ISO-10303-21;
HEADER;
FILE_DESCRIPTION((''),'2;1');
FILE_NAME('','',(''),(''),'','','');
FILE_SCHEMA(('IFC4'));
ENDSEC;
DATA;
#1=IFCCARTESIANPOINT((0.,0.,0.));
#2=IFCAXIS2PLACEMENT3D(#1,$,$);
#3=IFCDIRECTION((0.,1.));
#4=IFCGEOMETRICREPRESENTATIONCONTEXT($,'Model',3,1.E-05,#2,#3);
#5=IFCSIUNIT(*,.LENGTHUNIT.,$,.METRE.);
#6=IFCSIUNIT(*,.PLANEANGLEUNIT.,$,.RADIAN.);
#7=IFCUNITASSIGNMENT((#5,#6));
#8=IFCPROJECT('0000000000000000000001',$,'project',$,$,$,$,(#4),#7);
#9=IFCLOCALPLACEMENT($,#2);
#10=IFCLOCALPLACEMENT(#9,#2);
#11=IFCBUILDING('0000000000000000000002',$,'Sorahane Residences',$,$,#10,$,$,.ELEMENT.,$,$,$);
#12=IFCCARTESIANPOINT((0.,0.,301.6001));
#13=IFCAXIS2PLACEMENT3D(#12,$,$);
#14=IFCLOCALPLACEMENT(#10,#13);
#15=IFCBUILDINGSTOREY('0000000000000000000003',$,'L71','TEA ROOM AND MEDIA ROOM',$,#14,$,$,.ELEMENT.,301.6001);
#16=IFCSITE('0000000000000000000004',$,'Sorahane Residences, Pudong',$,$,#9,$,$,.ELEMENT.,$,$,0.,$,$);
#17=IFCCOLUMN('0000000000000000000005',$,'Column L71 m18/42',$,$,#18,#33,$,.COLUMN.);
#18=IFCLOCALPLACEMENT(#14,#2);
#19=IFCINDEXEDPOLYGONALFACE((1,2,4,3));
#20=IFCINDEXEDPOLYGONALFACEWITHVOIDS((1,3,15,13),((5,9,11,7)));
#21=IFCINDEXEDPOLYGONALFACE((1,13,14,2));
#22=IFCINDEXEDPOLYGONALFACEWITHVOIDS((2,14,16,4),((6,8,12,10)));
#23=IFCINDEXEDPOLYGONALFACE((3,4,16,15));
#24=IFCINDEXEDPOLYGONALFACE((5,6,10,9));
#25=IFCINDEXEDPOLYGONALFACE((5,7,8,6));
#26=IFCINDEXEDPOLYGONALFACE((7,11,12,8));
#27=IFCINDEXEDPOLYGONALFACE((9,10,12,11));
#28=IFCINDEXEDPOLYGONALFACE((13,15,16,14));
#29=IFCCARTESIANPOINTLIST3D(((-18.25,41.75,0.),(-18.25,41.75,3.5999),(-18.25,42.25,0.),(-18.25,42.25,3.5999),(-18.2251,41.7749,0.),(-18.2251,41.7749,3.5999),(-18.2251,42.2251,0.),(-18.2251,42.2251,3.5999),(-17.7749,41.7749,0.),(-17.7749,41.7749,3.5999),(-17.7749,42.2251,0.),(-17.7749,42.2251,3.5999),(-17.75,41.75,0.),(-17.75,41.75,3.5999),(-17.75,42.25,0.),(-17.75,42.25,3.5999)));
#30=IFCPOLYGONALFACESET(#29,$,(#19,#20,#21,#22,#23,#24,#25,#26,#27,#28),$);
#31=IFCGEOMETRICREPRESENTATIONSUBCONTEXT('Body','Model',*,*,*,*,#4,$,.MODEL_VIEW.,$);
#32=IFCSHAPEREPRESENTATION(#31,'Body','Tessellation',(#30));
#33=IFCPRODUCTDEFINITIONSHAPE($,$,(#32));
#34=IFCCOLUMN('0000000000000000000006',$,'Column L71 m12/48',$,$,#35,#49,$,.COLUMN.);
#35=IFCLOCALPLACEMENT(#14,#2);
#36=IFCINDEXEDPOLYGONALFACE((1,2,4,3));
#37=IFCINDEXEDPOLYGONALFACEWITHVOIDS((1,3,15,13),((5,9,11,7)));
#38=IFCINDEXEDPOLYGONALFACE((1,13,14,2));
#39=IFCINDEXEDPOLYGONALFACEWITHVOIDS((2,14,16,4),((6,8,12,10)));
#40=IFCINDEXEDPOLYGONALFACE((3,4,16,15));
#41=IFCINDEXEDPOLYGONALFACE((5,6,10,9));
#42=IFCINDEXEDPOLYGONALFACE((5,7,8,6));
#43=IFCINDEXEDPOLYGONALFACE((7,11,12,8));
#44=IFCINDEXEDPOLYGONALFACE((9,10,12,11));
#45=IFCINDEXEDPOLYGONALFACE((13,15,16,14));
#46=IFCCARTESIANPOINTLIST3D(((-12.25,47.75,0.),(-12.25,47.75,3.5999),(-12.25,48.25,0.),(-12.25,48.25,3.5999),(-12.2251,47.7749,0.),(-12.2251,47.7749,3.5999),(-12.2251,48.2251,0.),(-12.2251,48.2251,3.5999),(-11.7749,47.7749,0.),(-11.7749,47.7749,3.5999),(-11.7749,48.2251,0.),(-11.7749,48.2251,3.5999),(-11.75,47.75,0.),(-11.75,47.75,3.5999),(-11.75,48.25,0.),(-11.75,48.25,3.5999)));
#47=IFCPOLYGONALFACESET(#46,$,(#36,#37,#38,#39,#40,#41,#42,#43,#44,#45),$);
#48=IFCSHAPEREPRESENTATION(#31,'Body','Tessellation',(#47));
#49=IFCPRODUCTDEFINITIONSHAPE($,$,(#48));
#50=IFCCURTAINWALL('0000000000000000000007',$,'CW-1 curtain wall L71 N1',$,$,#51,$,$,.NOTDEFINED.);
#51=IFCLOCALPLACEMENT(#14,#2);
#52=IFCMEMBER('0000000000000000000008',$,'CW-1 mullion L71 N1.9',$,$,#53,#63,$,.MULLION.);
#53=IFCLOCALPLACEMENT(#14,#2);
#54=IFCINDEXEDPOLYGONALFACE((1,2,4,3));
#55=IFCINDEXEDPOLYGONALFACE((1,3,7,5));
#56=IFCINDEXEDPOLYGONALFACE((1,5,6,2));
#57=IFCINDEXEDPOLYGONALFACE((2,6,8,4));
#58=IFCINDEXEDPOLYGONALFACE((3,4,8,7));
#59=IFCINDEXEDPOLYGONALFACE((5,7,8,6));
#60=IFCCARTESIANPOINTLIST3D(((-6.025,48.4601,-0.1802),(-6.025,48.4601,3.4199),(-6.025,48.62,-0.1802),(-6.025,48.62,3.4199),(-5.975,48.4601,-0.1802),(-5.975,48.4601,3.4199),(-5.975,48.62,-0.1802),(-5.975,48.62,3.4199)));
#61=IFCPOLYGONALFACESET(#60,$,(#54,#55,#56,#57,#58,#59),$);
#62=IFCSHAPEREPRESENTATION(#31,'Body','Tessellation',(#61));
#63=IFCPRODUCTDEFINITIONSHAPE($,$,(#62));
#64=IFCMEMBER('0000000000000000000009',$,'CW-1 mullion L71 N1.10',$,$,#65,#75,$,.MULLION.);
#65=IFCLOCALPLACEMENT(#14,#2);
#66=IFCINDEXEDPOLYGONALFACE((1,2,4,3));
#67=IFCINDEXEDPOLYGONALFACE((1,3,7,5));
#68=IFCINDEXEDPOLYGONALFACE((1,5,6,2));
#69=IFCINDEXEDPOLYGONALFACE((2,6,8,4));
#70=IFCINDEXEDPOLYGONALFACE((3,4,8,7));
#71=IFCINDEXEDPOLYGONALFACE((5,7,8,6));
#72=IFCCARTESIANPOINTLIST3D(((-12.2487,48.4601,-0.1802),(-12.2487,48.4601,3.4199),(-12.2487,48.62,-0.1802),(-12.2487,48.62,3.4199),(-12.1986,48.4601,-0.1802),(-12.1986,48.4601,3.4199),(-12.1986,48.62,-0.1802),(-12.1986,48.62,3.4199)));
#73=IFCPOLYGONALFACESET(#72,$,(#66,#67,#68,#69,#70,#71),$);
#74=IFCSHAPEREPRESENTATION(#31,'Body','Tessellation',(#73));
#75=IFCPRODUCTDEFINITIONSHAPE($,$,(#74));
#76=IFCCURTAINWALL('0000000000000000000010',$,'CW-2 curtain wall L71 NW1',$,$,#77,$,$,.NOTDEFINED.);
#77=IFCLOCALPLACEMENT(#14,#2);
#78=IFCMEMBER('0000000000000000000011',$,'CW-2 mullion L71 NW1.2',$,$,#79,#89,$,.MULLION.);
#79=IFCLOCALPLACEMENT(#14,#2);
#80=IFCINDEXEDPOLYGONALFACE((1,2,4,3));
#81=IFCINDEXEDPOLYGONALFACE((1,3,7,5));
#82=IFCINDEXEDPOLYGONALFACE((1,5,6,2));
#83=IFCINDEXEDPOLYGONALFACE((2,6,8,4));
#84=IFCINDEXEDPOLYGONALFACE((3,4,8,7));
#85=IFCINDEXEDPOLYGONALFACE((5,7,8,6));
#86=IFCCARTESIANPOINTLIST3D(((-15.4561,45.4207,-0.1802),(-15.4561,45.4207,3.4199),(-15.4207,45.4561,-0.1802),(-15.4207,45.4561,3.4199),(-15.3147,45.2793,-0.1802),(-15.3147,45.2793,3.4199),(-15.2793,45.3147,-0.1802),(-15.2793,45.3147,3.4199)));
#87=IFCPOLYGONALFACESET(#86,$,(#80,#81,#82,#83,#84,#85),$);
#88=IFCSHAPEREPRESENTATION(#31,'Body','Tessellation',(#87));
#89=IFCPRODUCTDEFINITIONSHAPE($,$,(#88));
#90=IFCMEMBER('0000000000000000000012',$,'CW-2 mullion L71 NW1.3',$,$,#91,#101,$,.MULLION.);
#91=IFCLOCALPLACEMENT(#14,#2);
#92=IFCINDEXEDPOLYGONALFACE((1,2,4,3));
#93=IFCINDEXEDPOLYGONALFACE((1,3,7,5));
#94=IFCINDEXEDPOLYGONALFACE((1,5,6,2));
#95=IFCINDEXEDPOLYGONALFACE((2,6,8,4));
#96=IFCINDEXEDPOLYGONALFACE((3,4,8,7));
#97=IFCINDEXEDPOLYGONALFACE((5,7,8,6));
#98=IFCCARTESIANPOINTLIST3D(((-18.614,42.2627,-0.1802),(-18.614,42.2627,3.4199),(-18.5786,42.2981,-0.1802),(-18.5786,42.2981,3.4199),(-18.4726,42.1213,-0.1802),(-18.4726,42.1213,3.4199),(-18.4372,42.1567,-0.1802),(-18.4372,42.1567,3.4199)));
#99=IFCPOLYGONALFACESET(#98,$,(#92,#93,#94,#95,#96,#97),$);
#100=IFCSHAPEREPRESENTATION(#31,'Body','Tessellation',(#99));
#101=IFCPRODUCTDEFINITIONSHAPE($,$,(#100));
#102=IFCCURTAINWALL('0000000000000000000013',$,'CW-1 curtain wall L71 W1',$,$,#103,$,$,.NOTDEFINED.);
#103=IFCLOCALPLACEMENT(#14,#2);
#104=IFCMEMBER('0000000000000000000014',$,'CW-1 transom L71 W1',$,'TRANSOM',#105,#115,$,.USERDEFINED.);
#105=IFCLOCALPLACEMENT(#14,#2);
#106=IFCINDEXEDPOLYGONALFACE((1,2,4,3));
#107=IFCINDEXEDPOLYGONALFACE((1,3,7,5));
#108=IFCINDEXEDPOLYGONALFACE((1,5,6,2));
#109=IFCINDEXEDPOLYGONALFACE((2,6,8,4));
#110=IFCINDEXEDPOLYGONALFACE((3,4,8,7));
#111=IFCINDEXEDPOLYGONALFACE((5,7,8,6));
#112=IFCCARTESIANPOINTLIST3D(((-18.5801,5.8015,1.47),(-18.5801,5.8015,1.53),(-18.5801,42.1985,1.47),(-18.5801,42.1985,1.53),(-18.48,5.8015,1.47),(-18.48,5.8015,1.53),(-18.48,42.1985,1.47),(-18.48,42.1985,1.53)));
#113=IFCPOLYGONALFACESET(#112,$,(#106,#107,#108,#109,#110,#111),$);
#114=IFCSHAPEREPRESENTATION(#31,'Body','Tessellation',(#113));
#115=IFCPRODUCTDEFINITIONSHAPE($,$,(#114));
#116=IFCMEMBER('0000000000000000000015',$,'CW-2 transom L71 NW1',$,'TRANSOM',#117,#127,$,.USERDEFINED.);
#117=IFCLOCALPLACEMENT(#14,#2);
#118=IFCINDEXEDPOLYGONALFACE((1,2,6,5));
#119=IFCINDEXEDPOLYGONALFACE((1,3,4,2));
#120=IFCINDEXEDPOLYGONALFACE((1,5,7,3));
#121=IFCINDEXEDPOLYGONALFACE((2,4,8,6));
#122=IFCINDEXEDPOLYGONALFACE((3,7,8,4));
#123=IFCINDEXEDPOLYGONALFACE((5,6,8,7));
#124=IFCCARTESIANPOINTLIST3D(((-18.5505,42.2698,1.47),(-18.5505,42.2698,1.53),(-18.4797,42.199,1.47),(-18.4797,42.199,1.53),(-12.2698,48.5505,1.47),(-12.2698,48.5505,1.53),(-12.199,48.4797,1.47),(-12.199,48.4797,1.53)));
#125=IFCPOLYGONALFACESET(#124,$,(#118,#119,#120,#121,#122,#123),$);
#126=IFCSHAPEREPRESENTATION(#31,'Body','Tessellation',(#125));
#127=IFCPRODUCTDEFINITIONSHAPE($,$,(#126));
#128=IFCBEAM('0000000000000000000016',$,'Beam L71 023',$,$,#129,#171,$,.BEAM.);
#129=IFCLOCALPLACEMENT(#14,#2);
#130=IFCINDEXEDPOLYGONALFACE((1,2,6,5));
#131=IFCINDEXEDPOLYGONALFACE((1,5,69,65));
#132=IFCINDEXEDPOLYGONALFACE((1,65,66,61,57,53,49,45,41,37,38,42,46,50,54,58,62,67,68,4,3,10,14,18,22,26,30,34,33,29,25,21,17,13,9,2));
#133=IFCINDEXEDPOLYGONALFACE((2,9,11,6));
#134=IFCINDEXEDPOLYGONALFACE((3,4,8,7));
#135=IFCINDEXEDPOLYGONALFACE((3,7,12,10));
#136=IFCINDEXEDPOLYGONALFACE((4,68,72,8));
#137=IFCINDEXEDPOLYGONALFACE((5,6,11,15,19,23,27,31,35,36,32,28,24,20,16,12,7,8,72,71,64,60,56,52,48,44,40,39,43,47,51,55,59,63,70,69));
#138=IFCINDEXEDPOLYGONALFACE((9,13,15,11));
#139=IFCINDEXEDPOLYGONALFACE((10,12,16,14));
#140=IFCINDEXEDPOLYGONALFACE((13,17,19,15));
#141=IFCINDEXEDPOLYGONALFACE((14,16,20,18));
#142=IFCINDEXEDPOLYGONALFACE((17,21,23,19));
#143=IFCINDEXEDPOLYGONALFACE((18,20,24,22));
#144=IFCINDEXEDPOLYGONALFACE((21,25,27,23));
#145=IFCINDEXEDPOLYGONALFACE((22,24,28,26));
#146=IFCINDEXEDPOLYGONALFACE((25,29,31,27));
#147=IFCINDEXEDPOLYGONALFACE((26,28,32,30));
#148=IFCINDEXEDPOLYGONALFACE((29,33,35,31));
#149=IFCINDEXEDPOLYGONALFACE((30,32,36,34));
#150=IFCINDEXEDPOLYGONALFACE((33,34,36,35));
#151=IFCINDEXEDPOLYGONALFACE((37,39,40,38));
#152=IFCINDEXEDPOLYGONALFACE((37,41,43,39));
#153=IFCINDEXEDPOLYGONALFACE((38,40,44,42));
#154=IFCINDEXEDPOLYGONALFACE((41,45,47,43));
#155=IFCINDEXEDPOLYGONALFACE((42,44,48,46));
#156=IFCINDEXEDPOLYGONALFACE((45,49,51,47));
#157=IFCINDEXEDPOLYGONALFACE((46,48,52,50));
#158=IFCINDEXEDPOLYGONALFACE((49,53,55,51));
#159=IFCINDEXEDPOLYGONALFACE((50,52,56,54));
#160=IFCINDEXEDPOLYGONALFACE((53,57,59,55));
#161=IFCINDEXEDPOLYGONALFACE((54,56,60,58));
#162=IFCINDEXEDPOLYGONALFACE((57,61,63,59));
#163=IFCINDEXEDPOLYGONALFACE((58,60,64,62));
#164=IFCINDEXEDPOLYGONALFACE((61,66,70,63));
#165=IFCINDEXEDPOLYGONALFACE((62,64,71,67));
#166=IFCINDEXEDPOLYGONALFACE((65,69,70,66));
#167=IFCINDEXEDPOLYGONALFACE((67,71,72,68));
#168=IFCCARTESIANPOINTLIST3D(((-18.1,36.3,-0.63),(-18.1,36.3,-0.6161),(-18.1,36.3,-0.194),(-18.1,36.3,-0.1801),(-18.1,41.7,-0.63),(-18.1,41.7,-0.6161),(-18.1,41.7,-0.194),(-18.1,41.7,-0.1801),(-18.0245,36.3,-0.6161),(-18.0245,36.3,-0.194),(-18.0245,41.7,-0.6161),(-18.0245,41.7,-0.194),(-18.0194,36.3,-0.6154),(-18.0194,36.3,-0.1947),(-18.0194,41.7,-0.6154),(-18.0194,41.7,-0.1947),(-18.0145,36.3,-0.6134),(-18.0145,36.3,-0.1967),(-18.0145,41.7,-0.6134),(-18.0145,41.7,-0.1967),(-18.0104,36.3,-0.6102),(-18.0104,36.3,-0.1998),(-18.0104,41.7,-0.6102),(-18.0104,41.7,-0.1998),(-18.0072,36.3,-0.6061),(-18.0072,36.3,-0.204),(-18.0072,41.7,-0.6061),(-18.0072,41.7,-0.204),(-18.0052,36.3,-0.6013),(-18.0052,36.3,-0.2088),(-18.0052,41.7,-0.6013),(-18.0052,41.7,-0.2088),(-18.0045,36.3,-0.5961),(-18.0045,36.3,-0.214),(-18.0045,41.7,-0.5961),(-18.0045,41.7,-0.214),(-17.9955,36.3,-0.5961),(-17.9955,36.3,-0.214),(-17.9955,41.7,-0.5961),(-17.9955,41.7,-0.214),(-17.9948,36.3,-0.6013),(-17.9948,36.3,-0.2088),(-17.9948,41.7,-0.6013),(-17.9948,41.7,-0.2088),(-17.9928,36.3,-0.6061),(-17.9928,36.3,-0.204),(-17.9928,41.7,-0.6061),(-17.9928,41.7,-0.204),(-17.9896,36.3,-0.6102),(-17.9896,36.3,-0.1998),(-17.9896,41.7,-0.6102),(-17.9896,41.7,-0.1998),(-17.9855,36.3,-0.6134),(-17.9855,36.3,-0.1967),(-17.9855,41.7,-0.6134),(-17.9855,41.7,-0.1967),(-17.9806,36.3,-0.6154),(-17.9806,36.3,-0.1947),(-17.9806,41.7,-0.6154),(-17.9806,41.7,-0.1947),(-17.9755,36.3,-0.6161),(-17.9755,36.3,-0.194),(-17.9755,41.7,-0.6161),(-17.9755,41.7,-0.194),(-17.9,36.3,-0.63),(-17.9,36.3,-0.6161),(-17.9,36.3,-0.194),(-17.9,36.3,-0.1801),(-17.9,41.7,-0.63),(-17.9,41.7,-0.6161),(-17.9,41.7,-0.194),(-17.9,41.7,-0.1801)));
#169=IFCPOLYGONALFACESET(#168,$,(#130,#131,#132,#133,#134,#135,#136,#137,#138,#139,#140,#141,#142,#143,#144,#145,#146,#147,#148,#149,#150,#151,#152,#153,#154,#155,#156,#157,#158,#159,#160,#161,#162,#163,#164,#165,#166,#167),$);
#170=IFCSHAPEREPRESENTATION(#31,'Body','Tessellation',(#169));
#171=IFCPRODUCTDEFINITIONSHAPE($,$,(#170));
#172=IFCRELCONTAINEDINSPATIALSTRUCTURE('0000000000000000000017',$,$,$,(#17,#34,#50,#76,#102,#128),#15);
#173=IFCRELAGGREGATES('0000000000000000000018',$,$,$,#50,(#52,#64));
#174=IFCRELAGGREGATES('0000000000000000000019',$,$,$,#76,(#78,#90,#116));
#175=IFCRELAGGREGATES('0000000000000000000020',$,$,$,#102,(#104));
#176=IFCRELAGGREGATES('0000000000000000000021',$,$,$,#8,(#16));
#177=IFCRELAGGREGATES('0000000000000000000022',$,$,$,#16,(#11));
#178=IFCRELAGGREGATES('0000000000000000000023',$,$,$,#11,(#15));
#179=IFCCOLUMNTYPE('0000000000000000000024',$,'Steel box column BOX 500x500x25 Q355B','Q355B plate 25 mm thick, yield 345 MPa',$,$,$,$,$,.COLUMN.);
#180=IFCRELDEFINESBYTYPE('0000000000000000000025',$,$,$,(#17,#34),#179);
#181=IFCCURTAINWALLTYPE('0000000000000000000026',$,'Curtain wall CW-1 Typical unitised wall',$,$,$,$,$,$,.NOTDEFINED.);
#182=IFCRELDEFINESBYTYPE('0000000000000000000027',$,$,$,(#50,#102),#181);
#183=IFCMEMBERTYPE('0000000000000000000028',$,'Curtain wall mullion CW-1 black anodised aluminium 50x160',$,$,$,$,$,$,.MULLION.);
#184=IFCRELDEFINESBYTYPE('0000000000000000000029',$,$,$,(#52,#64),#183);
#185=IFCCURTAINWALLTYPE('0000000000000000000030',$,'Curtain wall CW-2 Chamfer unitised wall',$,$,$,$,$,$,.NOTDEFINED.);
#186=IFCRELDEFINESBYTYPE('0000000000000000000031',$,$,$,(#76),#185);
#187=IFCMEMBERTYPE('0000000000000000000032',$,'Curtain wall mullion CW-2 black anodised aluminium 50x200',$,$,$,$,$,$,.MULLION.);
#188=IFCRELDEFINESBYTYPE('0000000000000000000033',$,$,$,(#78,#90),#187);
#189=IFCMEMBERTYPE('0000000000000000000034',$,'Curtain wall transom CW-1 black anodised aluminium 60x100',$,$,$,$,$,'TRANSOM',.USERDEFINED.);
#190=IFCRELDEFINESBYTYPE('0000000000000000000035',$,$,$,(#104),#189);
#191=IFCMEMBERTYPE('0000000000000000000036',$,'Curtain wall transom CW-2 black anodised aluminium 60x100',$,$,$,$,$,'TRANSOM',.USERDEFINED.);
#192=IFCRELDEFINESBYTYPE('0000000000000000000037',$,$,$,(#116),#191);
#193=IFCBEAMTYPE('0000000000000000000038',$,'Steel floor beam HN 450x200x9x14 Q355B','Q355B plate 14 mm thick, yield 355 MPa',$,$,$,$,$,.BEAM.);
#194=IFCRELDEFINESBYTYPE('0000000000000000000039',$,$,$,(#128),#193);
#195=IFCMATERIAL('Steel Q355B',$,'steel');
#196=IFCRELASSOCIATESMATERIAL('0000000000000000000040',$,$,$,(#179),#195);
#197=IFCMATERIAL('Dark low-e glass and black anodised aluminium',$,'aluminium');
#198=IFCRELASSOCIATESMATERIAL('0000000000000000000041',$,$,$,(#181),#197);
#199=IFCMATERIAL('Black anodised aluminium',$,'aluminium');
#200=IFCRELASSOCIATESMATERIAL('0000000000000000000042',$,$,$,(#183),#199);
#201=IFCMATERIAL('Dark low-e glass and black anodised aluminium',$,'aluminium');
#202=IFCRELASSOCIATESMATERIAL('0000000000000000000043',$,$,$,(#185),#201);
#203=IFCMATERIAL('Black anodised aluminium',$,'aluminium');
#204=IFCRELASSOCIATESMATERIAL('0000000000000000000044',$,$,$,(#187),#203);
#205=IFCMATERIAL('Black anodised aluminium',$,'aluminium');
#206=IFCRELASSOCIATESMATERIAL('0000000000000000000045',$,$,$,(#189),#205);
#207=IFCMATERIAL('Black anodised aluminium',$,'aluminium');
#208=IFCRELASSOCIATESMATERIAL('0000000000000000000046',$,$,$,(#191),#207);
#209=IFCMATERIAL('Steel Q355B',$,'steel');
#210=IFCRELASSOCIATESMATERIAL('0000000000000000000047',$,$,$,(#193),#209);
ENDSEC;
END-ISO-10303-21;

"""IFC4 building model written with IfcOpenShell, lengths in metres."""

from ifc_helpers import new_model, si_unit, direction, frame, origin, origin_2d, place, context, subcontext, project, spatial, rectangle, hollow_rectangle, i_section, extrude, material, material_profile, profile_set, type_object, element, aggregate, save


model = new_model("IFC4")

# Units and contexts
model_context = context("Model", 3, precision=1e-05, world=origin(), true_north=direction((0.0, 1.0)))
body_context = subcontext(model_context, "Body", "Model", "MODEL_VIEW")
ifc_project = project(units=[si_unit("LENGTHUNIT", "METRE"), si_unit("PLANEANGLEUNIT", "RADIAN")], contexts=[model_context])

# Site, building, storey
site_placement = place(None, origin())
site = spatial("IfcSite", under=ifc_project, at=site_placement, Name="Sorahane Residences, Pudong", CompositionType="ELEMENT", RefElevation=0.0)
building_placement = place(site_placement, origin())
building = spatial("IfcBuilding", under=site, at=building_placement, Name="Sorahane Residences", CompositionType="ELEMENT")
storey_placement = place(building_placement, frame((0.0, 0.0, 301.6001)))
storey = spatial("IfcBuildingStorey", under=building, at=storey_placement, Name="L71", Description="TEA ROOM AND MEDIA ROOM", CompositionType="ELEMENT", Elevation=301.6001)

# Columns
ifc_material_1 = material(Name="Steel Q355B", Category="steel")
ifc_material_profile_1 = material_profile(ifc_material_1, hollow_rectangle(XDim=0.5, YDim=0.5, WallThickness=0.0249, at=origin_2d()), Name="BOX 500x500x25")
ifc_profile_set_1 = profile_set([ifc_material_profile_1], Name="Steel Q355B")
column_type = type_object("IfcColumnType", Name="Steel box column BOX 500x500x25 Q355B", Description="Q355B plate 25 mm thick, yield 345 MPa", PredefinedType="COLUMN", material=ifc_profile_set_1)
for number, where, z_axis, x_axis, name in (
    (1, (-18.0, 42.0, 0.0), (0.0, 0.0, 1.0), (1.0, 0.0, 0.0), "Column L71 m18/42"),
    (2, (-12.0, 48.0, 0.0), (0.0, 0.0, 1.0), (1.0, 0.0, 0.0), "Column L71 m12/48"),
):
    element("IfcColumn", number, at=place(storey_placement, frame(where, z_axis=z_axis, x_axis=x_axis)), inside=storey, type_object=column_type, Name=name, PredefinedType="COLUMN", context=body_context, shape_type="SweptSolid", body=[
        extrude(hollow_rectangle(XDim=0.5, YDim=0.5, WallThickness=0.0249, at=origin_2d()), origin(), (0.0, 0.0, 1.0), 3.5999),
    ])

# Curtain walls, members
ifc_material_2 = material(Name="Dark low-e glass and black anodised aluminium", Category="aluminium")
curtain_wall_type_1 = type_object("IfcCurtainWallType", Name="Curtain wall CW-1 Typical unitised wall", PredefinedType="NOTDEFINED", material=ifc_material_2)
curtain_wall_1_placement = place(storey_placement, origin())
curtain_wall_1 = element("IfcCurtainWall", 3, at=curtain_wall_1_placement, inside=storey, type_object=curtain_wall_type_1, Name="CW-1 curtain wall L71 N1", PredefinedType="NOTDEFINED")
ifc_material_3 = material(Name="Black anodised aluminium", Category="aluminium")
ifc_material_profile_2 = material_profile(ifc_material_3, rectangle(XDim=0.1599, YDim=0.05, at=origin_2d()), Name="Curtain wall mullion CW-1 black anodised aluminium 50x160")
ifc_profile_set_2 = profile_set([ifc_material_profile_2], Name="Black anodised aluminium")
member_type_1 = type_object("IfcMemberType", Name="Curtain wall mullion CW-1 black anodised aluminium 50x160", PredefinedType="MULLION", material=ifc_profile_set_2)
member_1_placement = place(storey_placement, frame((-6.0, 48.54, -0.1802), z_axis=(0.0, 0.0, 1.0), x_axis=(0.0, 1.0, 0.0)))
member_1 = element("IfcMember", 4, at=member_1_placement, type_object=member_type_1, Name="CW-1 mullion L71 N1.9", PredefinedType="MULLION", context=body_context, shape_type="SweptSolid", body=[
    extrude(rectangle(XDim=0.1599, YDim=0.05, at=origin_2d()), origin(), (0.0, 0.0, 1.0), 3.6001),
])
member_2_placement = place(storey_placement, frame((-12.2236, 48.54, -0.1802), z_axis=(0.0, 0.0, 1.0), x_axis=(0.0, 1.0, 0.0)))
member_2 = element("IfcMember", 5, at=member_2_placement, type_object=member_type_1, Name="CW-1 mullion L71 N1.10", PredefinedType="MULLION", context=body_context, shape_type="SweptSolid", body=[
    extrude(rectangle(XDim=0.1599, YDim=0.05, at=origin_2d()), origin(), (0.0, 0.0, 1.0), 3.6001),
])
ifc_material_4 = material(Name="Dark low-e glass and black anodised aluminium", Category="aluminium")
curtain_wall_type_2 = type_object("IfcCurtainWallType", Name="Curtain wall CW-2 Chamfer unitised wall", PredefinedType="NOTDEFINED", material=ifc_material_4)
curtain_wall_2_placement = place(storey_placement, origin())
curtain_wall_2 = element("IfcCurtainWall", 6, at=curtain_wall_2_placement, inside=storey, type_object=curtain_wall_type_2, Name="CW-2 curtain wall L71 NW1", PredefinedType="NOTDEFINED")
ifc_material_5 = material(Name="Black anodised aluminium", Category="aluminium")
ifc_material_profile_3 = material_profile(ifc_material_5, rectangle(XDim=0.2, YDim=0.05, at=origin_2d()), Name="Curtain wall mullion CW-2 black anodised aluminium 50x200")
ifc_profile_set_3 = profile_set([ifc_material_profile_3], Name="Black anodised aluminium")
member_type_2 = type_object("IfcMemberType", Name="Curtain wall mullion CW-2 black anodised aluminium 50x200", PredefinedType="MULLION", material=ifc_profile_set_3)
member_3_placement = place(storey_placement, frame((-15.3677, 45.3677, -0.1802), z_axis=(0.0, 0.0, 1.0), x_axis=(-0.707107, 0.707107, 0.0)))
member_3 = element("IfcMember", 7, at=member_3_placement, type_object=member_type_2, Name="CW-2 mullion L71 NW1.2", PredefinedType="MULLION", context=body_context, shape_type="SweptSolid", body=[
    extrude(rectangle(XDim=0.2, YDim=0.05, at=origin_2d()), origin(), (0.0, 0.0, 1.0), 3.6001),
])
member_4_placement = place(storey_placement, frame((-18.5256, 42.2097, -0.1802), z_axis=(0.0, 0.0, 1.0), x_axis=(-0.707107, 0.707107, 0.0)))
member_4 = element("IfcMember", 8, at=member_4_placement, type_object=member_type_2, Name="CW-2 mullion L71 NW1.3", PredefinedType="MULLION", context=body_context, shape_type="SweptSolid", body=[
    extrude(rectangle(XDim=0.2, YDim=0.05, at=origin_2d()), origin(), (0.0, 0.0, 1.0), 3.6001),
])

# Curtain wall, member
curtain_wall_3_placement = place(storey_placement, origin())
curtain_wall_3 = element("IfcCurtainWall", 9, at=curtain_wall_3_placement, inside=storey, type_object=curtain_wall_type_1, Name="CW-1 curtain wall L71 W1", PredefinedType="NOTDEFINED")
ifc_material_6 = material(Name="Black anodised aluminium", Category="aluminium")
ifc_material_profile_4 = material_profile(ifc_material_6, rectangle(XDim=0.1001, YDim=0.0601, at=origin_2d()), Name="Curtain wall transom CW-1 black anodised aluminium 60x100")
ifc_profile_set_4 = profile_set([ifc_material_profile_4], Name="Black anodised aluminium")
member_type_3 = type_object("IfcMemberType", Name="Curtain wall transom CW-1 black anodised aluminium 60x100", ElementType="TRANSOM", PredefinedType="USERDEFINED", material=ifc_profile_set_4)
member_5_placement = place(storey_placement, frame((-18.53, 42.1985, 1.5), z_axis=(0.0, -1.0, 0.0), x_axis=(1.0, 0.0, 0.0)))
member_5 = element("IfcMember", 10, at=member_5_placement, type_object=member_type_3, Name="CW-1 transom L71 W1", ObjectType="TRANSOM", PredefinedType="USERDEFINED", context=body_context, shape_type="SweptSolid", body=[
    extrude(rectangle(XDim=0.1001, YDim=0.0601, at=origin_2d()), origin(), (0.0, 0.0, 1.0), 36.397),
])

# Member
ifc_material_7 = material(Name="Black anodised aluminium", Category="aluminium")
ifc_material_profile_5 = material_profile(ifc_material_7, rectangle(XDim=0.1001, YDim=0.0601, at=origin_2d()), Name="Curtain wall transom CW-2 black anodised aluminium 60x100")
ifc_profile_set_5 = profile_set([ifc_material_profile_5], Name="Black anodised aluminium")
member_type_4 = type_object("IfcMemberType", Name="Curtain wall transom CW-2 black anodised aluminium 60x100", ElementType="TRANSOM", PredefinedType="USERDEFINED", material=ifc_profile_set_5)
member_6_placement = place(storey_placement, frame((-12.2344, 48.5151, 1.5), z_axis=(-0.707107, -0.707107, 0.0), x_axis=(0.707107, -0.707107, 0.0)))
member_6 = element("IfcMember", 11, at=member_6_placement, type_object=member_type_4, Name="CW-2 transom L71 NW1", ObjectType="TRANSOM", PredefinedType="USERDEFINED", context=body_context, shape_type="SweptSolid", body=[
    extrude(rectangle(XDim=0.1001, YDim=0.0601, at=origin_2d()), origin(), (0.0, 0.0, 1.0), 8.8823),
])

# Beam
ifc_material_8 = material(Name="Steel Q355B", Category="steel")
ifc_material_profile_6 = material_profile(ifc_material_8, i_section(OverallWidth=0.2, OverallDepth=0.45, WebThickness=0.009, FlangeThickness=0.0139, FilletRadius=0.02, at=origin_2d()), Name="HN 450x200x9x14")
ifc_profile_set_6 = profile_set([ifc_material_profile_6], Name="Steel Q355B")
beam_type_1 = type_object("IfcBeamType", Name="Steel floor beam HN 450x200x9x14 Q355B", Description="Q355B plate 14 mm thick, yield 355 MPa", PredefinedType="BEAM", material=ifc_profile_set_6)
beam_1_placement = place(storey_placement, frame((-18.0, 36.3, -0.405), z_axis=(0.0, 1.0, 0.0), x_axis=(-1.0, 0.0, 0.0)))
element("IfcBeam", 12, at=beam_1_placement, inside=storey, type_object=beam_type_1, Name="Beam L71 023", PredefinedType="BEAM", context=body_context, shape_type="SweptSolid", body=[
    extrude(i_section(OverallWidth=0.2, OverallDepth=0.45, WebThickness=0.009, FlangeThickness=0.0139, FilletRadius=0.02, at=origin_2d()), origin(), (0.0, 0.0, 1.0), 5.3999),
])

aggregate(curtain_wall_1, [member_1, member_2])
aggregate(curtain_wall_2, [member_3, member_4, member_6])
aggregate(curtain_wall_3, [member_5])

save(model, "model.ifc")
